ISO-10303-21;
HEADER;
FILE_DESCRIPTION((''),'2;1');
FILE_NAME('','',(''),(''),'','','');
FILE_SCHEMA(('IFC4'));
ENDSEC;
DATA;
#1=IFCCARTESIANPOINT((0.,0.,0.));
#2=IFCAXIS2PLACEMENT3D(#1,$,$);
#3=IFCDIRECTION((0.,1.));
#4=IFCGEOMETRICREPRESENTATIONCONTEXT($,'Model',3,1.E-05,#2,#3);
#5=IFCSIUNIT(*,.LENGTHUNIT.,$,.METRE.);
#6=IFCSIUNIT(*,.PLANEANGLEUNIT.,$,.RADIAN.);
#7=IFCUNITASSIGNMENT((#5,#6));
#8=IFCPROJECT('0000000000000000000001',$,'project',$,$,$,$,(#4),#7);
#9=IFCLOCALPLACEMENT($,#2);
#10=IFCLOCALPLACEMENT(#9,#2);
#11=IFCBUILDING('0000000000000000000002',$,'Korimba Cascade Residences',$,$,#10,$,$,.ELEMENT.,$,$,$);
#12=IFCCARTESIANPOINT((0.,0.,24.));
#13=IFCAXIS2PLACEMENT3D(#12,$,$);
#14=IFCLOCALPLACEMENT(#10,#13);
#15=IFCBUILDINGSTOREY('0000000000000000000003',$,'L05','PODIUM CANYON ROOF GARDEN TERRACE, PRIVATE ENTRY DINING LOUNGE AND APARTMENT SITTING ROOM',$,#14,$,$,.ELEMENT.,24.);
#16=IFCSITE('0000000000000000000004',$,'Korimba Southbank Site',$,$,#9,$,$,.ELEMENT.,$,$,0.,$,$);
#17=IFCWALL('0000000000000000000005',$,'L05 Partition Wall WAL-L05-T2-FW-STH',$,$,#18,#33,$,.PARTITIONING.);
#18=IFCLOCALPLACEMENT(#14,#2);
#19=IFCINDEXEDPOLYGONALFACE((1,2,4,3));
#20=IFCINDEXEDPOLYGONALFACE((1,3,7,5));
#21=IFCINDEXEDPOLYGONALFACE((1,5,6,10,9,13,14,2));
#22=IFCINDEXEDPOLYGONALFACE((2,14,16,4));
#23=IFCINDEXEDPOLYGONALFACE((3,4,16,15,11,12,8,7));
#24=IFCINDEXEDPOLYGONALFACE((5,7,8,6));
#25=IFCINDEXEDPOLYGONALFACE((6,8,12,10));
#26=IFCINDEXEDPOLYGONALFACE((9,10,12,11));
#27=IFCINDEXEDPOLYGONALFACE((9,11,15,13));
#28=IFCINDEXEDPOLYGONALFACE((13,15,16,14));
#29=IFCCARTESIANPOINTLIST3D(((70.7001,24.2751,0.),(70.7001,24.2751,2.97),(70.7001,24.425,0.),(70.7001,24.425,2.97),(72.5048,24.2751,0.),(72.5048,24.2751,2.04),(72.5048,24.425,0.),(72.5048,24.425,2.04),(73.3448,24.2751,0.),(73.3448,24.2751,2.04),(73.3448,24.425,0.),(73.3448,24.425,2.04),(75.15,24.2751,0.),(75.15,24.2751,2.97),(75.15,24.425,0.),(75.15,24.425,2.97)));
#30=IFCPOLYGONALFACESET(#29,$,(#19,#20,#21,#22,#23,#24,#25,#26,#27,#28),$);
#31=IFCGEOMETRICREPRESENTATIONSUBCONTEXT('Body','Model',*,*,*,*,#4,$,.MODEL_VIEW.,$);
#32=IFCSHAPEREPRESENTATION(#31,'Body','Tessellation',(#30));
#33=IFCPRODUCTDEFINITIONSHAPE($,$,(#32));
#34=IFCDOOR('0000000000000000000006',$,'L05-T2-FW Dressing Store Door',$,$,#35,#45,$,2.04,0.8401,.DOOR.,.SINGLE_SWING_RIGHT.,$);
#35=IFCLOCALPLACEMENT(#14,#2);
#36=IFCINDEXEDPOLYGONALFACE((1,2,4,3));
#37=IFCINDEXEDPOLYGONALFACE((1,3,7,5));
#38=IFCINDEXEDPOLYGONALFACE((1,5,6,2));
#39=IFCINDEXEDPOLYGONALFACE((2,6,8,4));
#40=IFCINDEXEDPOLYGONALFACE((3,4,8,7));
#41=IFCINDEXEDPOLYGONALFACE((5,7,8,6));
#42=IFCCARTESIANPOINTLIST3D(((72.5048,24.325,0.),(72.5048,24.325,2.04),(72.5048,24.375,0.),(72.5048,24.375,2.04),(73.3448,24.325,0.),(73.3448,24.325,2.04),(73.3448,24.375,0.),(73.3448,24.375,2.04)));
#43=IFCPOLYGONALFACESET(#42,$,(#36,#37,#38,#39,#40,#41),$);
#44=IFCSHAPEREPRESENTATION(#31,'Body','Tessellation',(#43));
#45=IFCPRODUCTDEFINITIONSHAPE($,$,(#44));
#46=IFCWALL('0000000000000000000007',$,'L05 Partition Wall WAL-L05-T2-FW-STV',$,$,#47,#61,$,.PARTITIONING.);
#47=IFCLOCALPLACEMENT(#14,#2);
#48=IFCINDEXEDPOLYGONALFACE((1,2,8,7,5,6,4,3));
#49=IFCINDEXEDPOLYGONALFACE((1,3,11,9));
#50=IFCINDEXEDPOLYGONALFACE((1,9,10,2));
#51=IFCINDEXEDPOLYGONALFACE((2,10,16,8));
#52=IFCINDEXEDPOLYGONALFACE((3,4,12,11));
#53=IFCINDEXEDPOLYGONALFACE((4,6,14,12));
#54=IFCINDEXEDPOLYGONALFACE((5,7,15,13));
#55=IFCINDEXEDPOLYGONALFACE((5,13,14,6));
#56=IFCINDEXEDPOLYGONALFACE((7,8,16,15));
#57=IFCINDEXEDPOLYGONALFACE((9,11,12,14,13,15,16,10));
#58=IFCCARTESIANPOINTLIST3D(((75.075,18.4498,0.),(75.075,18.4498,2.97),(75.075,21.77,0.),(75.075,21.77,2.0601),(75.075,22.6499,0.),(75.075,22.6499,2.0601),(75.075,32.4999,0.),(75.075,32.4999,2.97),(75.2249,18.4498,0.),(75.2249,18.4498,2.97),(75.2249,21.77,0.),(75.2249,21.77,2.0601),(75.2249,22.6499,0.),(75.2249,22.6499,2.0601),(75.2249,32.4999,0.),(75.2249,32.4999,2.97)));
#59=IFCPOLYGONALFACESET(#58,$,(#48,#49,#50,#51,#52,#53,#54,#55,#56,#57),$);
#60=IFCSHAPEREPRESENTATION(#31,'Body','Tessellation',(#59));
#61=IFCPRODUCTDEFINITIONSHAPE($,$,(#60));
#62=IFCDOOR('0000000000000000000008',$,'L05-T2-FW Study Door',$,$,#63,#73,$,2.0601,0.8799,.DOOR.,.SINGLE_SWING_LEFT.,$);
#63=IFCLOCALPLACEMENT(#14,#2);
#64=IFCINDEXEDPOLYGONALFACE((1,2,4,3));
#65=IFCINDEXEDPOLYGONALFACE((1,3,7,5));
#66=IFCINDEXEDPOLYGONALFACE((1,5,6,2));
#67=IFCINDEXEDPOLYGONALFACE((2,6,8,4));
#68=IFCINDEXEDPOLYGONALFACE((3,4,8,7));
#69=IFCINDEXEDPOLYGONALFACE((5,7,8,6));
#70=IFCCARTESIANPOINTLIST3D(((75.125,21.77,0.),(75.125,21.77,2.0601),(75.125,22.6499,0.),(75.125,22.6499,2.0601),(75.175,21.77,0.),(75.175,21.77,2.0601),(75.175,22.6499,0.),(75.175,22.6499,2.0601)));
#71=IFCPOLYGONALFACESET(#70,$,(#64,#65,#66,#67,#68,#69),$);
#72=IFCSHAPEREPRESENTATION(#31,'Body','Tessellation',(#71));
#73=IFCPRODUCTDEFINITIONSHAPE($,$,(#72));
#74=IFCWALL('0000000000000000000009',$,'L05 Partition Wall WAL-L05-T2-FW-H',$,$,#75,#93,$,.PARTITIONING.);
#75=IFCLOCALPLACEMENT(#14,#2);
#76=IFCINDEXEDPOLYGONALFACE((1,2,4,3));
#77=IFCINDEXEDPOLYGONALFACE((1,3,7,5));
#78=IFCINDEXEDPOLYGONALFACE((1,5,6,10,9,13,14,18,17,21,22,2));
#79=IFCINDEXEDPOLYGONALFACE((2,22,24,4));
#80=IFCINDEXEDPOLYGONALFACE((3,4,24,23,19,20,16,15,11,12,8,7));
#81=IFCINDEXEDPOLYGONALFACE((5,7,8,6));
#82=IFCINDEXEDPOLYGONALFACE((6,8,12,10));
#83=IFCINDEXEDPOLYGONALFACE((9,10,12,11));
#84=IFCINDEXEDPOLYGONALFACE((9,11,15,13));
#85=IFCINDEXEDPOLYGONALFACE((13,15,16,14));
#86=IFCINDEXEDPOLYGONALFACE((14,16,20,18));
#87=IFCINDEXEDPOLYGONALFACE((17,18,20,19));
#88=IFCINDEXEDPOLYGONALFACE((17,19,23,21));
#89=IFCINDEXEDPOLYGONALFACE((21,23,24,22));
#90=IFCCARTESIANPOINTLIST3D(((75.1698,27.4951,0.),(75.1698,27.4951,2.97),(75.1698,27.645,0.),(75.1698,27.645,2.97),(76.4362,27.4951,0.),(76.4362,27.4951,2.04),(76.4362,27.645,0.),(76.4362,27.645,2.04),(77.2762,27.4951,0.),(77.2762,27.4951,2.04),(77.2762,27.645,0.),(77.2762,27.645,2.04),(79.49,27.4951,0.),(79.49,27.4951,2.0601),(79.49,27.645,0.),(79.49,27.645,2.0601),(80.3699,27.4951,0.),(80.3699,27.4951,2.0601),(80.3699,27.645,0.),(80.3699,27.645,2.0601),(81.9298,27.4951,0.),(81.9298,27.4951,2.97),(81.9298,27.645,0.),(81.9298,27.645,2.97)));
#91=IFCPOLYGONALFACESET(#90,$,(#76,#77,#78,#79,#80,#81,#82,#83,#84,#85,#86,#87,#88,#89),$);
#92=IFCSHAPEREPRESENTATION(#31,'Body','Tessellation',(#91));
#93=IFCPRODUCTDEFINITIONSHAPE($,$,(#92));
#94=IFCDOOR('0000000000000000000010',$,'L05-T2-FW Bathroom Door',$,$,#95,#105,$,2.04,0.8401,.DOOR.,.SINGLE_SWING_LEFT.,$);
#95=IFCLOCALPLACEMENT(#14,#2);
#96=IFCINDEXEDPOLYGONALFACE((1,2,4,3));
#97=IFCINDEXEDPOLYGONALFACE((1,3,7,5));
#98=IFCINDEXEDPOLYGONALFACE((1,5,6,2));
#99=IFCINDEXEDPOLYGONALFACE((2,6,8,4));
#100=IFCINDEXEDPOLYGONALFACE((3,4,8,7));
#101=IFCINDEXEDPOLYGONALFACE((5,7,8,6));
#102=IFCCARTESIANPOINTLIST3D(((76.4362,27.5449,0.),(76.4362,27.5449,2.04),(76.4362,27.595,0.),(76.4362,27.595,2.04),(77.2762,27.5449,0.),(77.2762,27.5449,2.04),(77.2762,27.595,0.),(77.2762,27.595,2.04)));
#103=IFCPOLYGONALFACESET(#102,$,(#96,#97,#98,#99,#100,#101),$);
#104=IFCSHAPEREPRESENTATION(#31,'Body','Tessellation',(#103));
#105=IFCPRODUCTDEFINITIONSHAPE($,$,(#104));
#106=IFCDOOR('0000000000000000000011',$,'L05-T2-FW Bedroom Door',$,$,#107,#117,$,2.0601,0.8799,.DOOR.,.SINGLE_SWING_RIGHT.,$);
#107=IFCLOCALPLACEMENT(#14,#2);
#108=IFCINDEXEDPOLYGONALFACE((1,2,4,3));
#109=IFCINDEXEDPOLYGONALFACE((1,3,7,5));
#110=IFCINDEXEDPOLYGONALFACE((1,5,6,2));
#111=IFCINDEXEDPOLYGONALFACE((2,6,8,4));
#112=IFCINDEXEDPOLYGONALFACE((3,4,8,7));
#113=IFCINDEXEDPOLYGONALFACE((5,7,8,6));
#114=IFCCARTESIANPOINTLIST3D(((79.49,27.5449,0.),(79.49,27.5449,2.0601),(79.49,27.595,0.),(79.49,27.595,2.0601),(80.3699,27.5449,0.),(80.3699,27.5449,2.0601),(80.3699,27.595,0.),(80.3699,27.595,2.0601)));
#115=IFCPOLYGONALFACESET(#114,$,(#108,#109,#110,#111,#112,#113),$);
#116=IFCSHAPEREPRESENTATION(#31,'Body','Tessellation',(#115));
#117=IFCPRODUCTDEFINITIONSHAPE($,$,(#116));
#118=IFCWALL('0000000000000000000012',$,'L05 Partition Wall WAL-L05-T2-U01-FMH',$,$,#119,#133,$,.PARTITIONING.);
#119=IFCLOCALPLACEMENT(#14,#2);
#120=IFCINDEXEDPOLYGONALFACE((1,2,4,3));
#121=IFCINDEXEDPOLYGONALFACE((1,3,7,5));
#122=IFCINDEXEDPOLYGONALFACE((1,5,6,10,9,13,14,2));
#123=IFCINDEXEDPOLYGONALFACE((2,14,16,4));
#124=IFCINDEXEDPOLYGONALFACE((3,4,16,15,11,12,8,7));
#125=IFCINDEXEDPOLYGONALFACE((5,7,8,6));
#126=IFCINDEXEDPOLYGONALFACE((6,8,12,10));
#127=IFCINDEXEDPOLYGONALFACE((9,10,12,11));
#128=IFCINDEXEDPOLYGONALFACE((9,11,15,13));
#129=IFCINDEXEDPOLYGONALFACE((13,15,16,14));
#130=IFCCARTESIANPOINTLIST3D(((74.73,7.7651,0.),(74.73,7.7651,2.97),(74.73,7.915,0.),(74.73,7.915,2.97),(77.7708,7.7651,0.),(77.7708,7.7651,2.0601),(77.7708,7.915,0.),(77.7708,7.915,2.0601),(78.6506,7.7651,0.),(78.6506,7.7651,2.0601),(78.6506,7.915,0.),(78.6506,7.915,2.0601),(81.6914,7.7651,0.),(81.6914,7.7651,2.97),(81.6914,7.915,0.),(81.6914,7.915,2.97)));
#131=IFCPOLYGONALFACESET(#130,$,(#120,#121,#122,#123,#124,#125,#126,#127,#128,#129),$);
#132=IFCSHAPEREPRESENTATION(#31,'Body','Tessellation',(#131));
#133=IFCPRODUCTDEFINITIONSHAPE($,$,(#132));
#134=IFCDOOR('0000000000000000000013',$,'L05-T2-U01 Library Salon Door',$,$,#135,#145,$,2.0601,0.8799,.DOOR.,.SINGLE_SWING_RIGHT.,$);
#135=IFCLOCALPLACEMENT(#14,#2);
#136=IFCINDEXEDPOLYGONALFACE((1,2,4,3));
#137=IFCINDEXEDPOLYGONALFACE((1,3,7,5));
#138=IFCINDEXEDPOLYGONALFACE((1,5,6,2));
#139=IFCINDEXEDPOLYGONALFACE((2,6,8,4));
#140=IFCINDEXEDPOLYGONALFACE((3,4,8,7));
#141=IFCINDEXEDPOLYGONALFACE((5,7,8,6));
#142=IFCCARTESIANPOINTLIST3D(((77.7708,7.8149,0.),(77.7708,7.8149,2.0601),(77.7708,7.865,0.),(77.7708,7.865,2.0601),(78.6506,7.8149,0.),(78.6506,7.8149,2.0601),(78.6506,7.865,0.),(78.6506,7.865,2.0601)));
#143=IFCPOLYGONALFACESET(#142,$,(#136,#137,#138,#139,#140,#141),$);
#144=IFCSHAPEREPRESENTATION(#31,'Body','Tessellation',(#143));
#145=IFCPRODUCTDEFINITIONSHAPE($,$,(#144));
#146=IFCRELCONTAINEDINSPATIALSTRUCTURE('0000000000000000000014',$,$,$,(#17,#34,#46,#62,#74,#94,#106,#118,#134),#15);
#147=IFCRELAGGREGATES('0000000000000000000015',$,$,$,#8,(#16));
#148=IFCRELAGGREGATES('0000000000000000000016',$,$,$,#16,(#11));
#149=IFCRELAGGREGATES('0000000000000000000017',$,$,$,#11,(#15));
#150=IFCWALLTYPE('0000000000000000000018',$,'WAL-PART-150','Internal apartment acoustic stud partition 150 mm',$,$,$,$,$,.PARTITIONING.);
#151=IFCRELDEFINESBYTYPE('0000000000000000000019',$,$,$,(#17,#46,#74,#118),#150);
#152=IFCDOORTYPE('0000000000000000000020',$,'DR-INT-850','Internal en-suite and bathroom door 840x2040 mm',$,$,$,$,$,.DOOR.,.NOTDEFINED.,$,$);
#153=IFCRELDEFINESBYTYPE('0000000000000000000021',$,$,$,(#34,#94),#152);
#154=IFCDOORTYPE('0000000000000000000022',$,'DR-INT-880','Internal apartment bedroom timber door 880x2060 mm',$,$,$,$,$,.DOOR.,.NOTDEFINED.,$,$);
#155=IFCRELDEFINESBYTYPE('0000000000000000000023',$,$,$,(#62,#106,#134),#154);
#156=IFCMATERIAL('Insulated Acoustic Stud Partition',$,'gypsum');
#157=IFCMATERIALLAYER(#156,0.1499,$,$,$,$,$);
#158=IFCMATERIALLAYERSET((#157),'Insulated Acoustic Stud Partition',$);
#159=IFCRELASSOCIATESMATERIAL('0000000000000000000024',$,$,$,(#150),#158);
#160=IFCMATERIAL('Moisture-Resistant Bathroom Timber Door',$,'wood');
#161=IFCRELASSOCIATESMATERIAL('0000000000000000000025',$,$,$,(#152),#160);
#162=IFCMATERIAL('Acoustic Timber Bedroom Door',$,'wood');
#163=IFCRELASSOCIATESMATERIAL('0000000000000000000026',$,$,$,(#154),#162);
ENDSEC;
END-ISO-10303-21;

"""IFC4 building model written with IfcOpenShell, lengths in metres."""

from ifc_helpers import new_model, si_unit, direction, frame, frame_2d, origin, place, context, subcontext, project, spatial, rectangle, extrude, material, layer, layer_set, type_object, element, fill, save


model = new_model("IFC4")

# Units and contexts
model_context = context("Model", 3, precision=1e-05, world=origin(), true_north=direction((0.0, 1.0)))
body_context = subcontext(model_context, "Body", "Model", "MODEL_VIEW")
ifc_project = project(units=[si_unit("LENGTHUNIT", "METRE"), si_unit("PLANEANGLEUNIT", "RADIAN")], contexts=[model_context])

# Site, building, storey
site_placement = place(None, origin())
site = spatial("IfcSite", under=ifc_project, at=site_placement, Name="Korimba Southbank Site", CompositionType="ELEMENT", RefElevation=0.0)
building_placement = place(site_placement, origin())
building = spatial("IfcBuilding", under=site, at=building_placement, Name="Korimba Cascade Residences", CompositionType="ELEMENT")
storey_placement = place(building_placement, frame((0.0, 0.0, 24.0)))
storey = spatial("IfcBuildingStorey", under=building, at=storey_placement, Name="L05", Description="PODIUM CANYON ROOF GARDEN TERRACE, PRIVATE ENTRY DINING LOUNGE AND APARTMENT SITTING ROOM", CompositionType="ELEMENT", Elevation=24.0)

# Shared definitions
ifc_material_1 = material(Name="Insulated Acoustic Stud Partition", Category="gypsum")
ifc_layer_1 = layer(ifc_material_1, 0.1499)
ifc_layer_set_1 = layer_set([ifc_layer_1], Name="Insulated Acoustic Stud Partition")
wall_type_1 = type_object("IfcWallType", Name="WAL-PART-150", Description="Internal apartment acoustic stud partition 150 mm", PredefinedType="PARTITIONING", material=ifc_layer_set_1)

# Walls, openings, doors
wall_1_placement = place(storey_placement, frame((70.7, 24.3501, 0.0), z_axis=(0.0, 0.0, 1.0), x_axis=(1.0, 0.0, 0.0)))
wall_1 = element("IfcWall", 1, at=wall_1_placement, inside=storey, type_object=wall_type_1, Name="L05 Partition Wall WAL-L05-T2-FW-STH", PredefinedType="PARTITIONING", context=body_context, shape_type="SweptSolid", body=[
    extrude(rectangle(XDim=4.45, YDim=0.1499, at=frame_2d((2.2251, 0.0))), origin(), (0.0, 0.0, 1.0), 2.97),
])
opening_1_placement = place(wall_1_placement, frame((1.8049, 0.0, 0.0)))
opening_1 = element("IfcOpeningElement", 2, at=opening_1_placement, cuts=wall_1, PredefinedType="OPENING", context=body_context, shape_type="SweptSolid", body=[
    extrude(rectangle(XDim=0.8401, YDim=2.04, at=frame_2d((0.4199, 1.02))), frame((0.0, 0.085, 0.0), z_axis=(0.0, -1.0, 0.0), x_axis=(1.0, 0.0, 0.0)), (0.0, 0.0, 1.0), 0.1699),
])
ifc_material_2 = material(Name="Moisture-Resistant Bathroom Timber Door", Category="wood")
door_type_1 = type_object("IfcDoorType", Name="DR-INT-850", Description="Internal en-suite and bathroom door 840x2040 mm", OperationType="NOTDEFINED", PredefinedType="DOOR", material=ifc_material_2)
door_1_placement = place(opening_1_placement, origin())
door_1 = element("IfcDoor", 3, at=door_1_placement, inside=storey, type_object=door_type_1, Name="L05-T2-FW Dressing Store Door", OperationType="SINGLE_SWING_RIGHT", OverallHeight=2.04, OverallWidth=0.8401, PredefinedType="DOOR", context=body_context, shape_type="SweptSolid", body=[
    extrude(rectangle(XDim=0.8401, YDim=2.04, at=frame_2d((0.4199, 1.02))), frame((0.0, 0.0249, 0.0), z_axis=(0.0, -1.0, 0.0), x_axis=(1.0, 0.0, 0.0)), (0.0, 0.0, 1.0), 0.05),
])
fill(opening_1, door_1)
wall_2_placement = place(storey_placement, frame((75.1499, 18.45, 0.0), z_axis=(0.0, 0.0, 1.0), x_axis=(0.0, 1.0, 0.0)))
wall_2 = element("IfcWall", 4, at=wall_2_placement, inside=storey, type_object=wall_type_1, Name="L05 Partition Wall WAL-L05-T2-FW-STV", PredefinedType="PARTITIONING", context=body_context, shape_type="SweptSolid", body=[
    extrude(rectangle(XDim=14.05, YDim=0.1499, at=frame_2d((7.0249, 0.0))), origin(), (0.0, 0.0, 1.0), 2.97),
])
opening_2_placement = place(wall_2_placement, frame((3.3201, 0.0, 0.0)))
opening_2 = element("IfcOpeningElement", 5, at=opening_2_placement, cuts=wall_2, PredefinedType="OPENING", context=body_context, shape_type="SweptSolid", body=[
    extrude(rectangle(XDim=0.8799, YDim=2.0601, at=frame_2d((0.4399, 1.03))), frame((0.0, 0.085, 0.0), z_axis=(0.0, -1.0, 0.0), x_axis=(1.0, 0.0, 0.0)), (0.0, 0.0, 1.0), 0.1699),
])
ifc_material_3 = material(Name="Acoustic Timber Bedroom Door", Category="wood")
door_type_2 = type_object("IfcDoorType", Name="DR-INT-880", Description="Internal apartment bedroom timber door 880x2060 mm", OperationType="NOTDEFINED", PredefinedType="DOOR", material=ifc_material_3)
door_2_placement = place(opening_2_placement, origin())
door_2 = element("IfcDoor", 6, at=door_2_placement, inside=storey, type_object=door_type_2, Name="L05-T2-FW Study Door", OperationType="SINGLE_SWING_LEFT", OverallHeight=2.0601, OverallWidth=0.8799, PredefinedType="DOOR", context=body_context, shape_type="SweptSolid", body=[
    extrude(rectangle(XDim=0.8799, YDim=2.0601, at=frame_2d((0.4399, 1.03))), frame((0.0, 0.0249, 0.0), z_axis=(0.0, -1.0, 0.0), x_axis=(1.0, 0.0, 0.0)), (0.0, 0.0, 1.0), 0.05),
])
fill(opening_2, door_2)

# Wall, openings, doors
wall_3_placement = place(storey_placement, frame((75.1699, 27.5701, 0.0), z_axis=(0.0, 0.0, 1.0), x_axis=(1.0, 0.0, 0.0)))
wall_3 = element("IfcWall", 7, at=wall_3_placement, inside=storey, type_object=wall_type_1, Name="L05 Partition Wall WAL-L05-T2-FW-H", PredefinedType="PARTITIONING", context=body_context, shape_type="SweptSolid", body=[
    extrude(rectangle(XDim=6.76, YDim=0.1499, at=frame_2d((3.3799, 0.0))), origin(), (0.0, 0.0, 1.0), 2.97),
])
opening_3_placement = place(wall_3_placement, frame((1.2664, 0.0, 0.0)))
opening_3 = element("IfcOpeningElement", 8, at=opening_3_placement, cuts=wall_3, PredefinedType="OPENING", context=body_context, shape_type="SweptSolid", body=[
    extrude(rectangle(XDim=0.8401, YDim=2.04, at=frame_2d((0.4199, 1.02))), frame((0.0, 0.085, 0.0), z_axis=(0.0, -1.0, 0.0), x_axis=(1.0, 0.0, 0.0)), (0.0, 0.0, 1.0), 0.1699),
])
opening_4_placement = place(wall_3_placement, frame((4.3201, 0.0, 0.0)))
opening_4 = element("IfcOpeningElement", 9, at=opening_4_placement, cuts=wall_3, PredefinedType="OPENING", context=body_context, shape_type="SweptSolid", body=[
    extrude(rectangle(XDim=0.8799, YDim=2.0601, at=frame_2d((0.4399, 1.03))), frame((0.0, 0.085, 0.0), z_axis=(0.0, -1.0, 0.0), x_axis=(1.0, 0.0, 0.0)), (0.0, 0.0, 1.0), 0.1699),
])
door_3_placement = place(opening_3_placement, origin())
door_3 = element("IfcDoor", 10, at=door_3_placement, inside=storey, type_object=door_type_1, Name="L05-T2-FW Bathroom Door", OperationType="SINGLE_SWING_LEFT", OverallHeight=2.04, OverallWidth=0.8401, PredefinedType="DOOR", context=body_context, shape_type="SweptSolid", body=[
    extrude(rectangle(XDim=0.8401, YDim=2.04, at=frame_2d((0.4199, 1.02))), frame((0.0, 0.0249, 0.0), z_axis=(0.0, -1.0, 0.0), x_axis=(1.0, 0.0, 0.0)), (0.0, 0.0, 1.0), 0.05),
])
fill(opening_3, door_3)
door_4_placement = place(opening_4_placement, origin())
door_4 = element("IfcDoor", 11, at=door_4_placement, inside=storey, type_object=door_type_2, Name="L05-T2-FW Bedroom Door", OperationType="SINGLE_SWING_RIGHT", OverallHeight=2.0601, OverallWidth=0.8799, PredefinedType="DOOR", context=body_context, shape_type="SweptSolid", body=[
    extrude(rectangle(XDim=0.8799, YDim=2.0601, at=frame_2d((0.4399, 1.03))), frame((0.0, 0.0249, 0.0), z_axis=(0.0, -1.0, 0.0), x_axis=(1.0, 0.0, 0.0)), (0.0, 0.0, 1.0), 0.05),
])
fill(opening_4, door_4)

# Wall, opening, door
wall_4_placement = place(storey_placement, frame((74.73, 7.8401, 0.0), z_axis=(0.0, 0.0, 1.0), x_axis=(1.0, 0.0, 0.0)))
wall_4 = element("IfcWall", 12, at=wall_4_placement, inside=storey, type_object=wall_type_1, Name="L05 Partition Wall WAL-L05-T2-U01-FMH", PredefinedType="PARTITIONING", context=body_context, shape_type="SweptSolid", body=[
    extrude(rectangle(XDim=6.9614, YDim=0.1499, at=frame_2d((3.4807, 0.0))), origin(), (0.0, 0.0, 1.0), 2.97),
])
opening_5_placement = place(wall_4_placement, frame((3.0408, 0.0, 0.0)))
opening_5 = element("IfcOpeningElement", 13, at=opening_5_placement, cuts=wall_4, PredefinedType="OPENING", context=body_context, shape_type="SweptSolid", body=[
    extrude(rectangle(XDim=0.8799, YDim=2.0601, at=frame_2d((0.4399, 1.03))), frame((0.0, 0.085, 0.0), z_axis=(0.0, -1.0, 0.0), x_axis=(1.0, 0.0, 0.0)), (0.0, 0.0, 1.0), 0.1699),
])
door_5_placement = place(opening_5_placement, origin())
door_5 = element("IfcDoor", 14, at=door_5_placement, inside=storey, type_object=door_type_2, Name="L05-T2-U01 Library Salon Door", OperationType="SINGLE_SWING_RIGHT", OverallHeight=2.0601, OverallWidth=0.8799, PredefinedType="DOOR", context=body_context, shape_type="SweptSolid", body=[
    extrude(rectangle(XDim=0.8799, YDim=2.0601, at=frame_2d((0.4399, 1.03))), frame((0.0, 0.0249, 0.0), z_axis=(0.0, -1.0, 0.0), x_axis=(1.0, 0.0, 0.0)), (0.0, 0.0, 1.0), 0.05),
])
fill(opening_5, door_5)

save(model, "model.ifc")
